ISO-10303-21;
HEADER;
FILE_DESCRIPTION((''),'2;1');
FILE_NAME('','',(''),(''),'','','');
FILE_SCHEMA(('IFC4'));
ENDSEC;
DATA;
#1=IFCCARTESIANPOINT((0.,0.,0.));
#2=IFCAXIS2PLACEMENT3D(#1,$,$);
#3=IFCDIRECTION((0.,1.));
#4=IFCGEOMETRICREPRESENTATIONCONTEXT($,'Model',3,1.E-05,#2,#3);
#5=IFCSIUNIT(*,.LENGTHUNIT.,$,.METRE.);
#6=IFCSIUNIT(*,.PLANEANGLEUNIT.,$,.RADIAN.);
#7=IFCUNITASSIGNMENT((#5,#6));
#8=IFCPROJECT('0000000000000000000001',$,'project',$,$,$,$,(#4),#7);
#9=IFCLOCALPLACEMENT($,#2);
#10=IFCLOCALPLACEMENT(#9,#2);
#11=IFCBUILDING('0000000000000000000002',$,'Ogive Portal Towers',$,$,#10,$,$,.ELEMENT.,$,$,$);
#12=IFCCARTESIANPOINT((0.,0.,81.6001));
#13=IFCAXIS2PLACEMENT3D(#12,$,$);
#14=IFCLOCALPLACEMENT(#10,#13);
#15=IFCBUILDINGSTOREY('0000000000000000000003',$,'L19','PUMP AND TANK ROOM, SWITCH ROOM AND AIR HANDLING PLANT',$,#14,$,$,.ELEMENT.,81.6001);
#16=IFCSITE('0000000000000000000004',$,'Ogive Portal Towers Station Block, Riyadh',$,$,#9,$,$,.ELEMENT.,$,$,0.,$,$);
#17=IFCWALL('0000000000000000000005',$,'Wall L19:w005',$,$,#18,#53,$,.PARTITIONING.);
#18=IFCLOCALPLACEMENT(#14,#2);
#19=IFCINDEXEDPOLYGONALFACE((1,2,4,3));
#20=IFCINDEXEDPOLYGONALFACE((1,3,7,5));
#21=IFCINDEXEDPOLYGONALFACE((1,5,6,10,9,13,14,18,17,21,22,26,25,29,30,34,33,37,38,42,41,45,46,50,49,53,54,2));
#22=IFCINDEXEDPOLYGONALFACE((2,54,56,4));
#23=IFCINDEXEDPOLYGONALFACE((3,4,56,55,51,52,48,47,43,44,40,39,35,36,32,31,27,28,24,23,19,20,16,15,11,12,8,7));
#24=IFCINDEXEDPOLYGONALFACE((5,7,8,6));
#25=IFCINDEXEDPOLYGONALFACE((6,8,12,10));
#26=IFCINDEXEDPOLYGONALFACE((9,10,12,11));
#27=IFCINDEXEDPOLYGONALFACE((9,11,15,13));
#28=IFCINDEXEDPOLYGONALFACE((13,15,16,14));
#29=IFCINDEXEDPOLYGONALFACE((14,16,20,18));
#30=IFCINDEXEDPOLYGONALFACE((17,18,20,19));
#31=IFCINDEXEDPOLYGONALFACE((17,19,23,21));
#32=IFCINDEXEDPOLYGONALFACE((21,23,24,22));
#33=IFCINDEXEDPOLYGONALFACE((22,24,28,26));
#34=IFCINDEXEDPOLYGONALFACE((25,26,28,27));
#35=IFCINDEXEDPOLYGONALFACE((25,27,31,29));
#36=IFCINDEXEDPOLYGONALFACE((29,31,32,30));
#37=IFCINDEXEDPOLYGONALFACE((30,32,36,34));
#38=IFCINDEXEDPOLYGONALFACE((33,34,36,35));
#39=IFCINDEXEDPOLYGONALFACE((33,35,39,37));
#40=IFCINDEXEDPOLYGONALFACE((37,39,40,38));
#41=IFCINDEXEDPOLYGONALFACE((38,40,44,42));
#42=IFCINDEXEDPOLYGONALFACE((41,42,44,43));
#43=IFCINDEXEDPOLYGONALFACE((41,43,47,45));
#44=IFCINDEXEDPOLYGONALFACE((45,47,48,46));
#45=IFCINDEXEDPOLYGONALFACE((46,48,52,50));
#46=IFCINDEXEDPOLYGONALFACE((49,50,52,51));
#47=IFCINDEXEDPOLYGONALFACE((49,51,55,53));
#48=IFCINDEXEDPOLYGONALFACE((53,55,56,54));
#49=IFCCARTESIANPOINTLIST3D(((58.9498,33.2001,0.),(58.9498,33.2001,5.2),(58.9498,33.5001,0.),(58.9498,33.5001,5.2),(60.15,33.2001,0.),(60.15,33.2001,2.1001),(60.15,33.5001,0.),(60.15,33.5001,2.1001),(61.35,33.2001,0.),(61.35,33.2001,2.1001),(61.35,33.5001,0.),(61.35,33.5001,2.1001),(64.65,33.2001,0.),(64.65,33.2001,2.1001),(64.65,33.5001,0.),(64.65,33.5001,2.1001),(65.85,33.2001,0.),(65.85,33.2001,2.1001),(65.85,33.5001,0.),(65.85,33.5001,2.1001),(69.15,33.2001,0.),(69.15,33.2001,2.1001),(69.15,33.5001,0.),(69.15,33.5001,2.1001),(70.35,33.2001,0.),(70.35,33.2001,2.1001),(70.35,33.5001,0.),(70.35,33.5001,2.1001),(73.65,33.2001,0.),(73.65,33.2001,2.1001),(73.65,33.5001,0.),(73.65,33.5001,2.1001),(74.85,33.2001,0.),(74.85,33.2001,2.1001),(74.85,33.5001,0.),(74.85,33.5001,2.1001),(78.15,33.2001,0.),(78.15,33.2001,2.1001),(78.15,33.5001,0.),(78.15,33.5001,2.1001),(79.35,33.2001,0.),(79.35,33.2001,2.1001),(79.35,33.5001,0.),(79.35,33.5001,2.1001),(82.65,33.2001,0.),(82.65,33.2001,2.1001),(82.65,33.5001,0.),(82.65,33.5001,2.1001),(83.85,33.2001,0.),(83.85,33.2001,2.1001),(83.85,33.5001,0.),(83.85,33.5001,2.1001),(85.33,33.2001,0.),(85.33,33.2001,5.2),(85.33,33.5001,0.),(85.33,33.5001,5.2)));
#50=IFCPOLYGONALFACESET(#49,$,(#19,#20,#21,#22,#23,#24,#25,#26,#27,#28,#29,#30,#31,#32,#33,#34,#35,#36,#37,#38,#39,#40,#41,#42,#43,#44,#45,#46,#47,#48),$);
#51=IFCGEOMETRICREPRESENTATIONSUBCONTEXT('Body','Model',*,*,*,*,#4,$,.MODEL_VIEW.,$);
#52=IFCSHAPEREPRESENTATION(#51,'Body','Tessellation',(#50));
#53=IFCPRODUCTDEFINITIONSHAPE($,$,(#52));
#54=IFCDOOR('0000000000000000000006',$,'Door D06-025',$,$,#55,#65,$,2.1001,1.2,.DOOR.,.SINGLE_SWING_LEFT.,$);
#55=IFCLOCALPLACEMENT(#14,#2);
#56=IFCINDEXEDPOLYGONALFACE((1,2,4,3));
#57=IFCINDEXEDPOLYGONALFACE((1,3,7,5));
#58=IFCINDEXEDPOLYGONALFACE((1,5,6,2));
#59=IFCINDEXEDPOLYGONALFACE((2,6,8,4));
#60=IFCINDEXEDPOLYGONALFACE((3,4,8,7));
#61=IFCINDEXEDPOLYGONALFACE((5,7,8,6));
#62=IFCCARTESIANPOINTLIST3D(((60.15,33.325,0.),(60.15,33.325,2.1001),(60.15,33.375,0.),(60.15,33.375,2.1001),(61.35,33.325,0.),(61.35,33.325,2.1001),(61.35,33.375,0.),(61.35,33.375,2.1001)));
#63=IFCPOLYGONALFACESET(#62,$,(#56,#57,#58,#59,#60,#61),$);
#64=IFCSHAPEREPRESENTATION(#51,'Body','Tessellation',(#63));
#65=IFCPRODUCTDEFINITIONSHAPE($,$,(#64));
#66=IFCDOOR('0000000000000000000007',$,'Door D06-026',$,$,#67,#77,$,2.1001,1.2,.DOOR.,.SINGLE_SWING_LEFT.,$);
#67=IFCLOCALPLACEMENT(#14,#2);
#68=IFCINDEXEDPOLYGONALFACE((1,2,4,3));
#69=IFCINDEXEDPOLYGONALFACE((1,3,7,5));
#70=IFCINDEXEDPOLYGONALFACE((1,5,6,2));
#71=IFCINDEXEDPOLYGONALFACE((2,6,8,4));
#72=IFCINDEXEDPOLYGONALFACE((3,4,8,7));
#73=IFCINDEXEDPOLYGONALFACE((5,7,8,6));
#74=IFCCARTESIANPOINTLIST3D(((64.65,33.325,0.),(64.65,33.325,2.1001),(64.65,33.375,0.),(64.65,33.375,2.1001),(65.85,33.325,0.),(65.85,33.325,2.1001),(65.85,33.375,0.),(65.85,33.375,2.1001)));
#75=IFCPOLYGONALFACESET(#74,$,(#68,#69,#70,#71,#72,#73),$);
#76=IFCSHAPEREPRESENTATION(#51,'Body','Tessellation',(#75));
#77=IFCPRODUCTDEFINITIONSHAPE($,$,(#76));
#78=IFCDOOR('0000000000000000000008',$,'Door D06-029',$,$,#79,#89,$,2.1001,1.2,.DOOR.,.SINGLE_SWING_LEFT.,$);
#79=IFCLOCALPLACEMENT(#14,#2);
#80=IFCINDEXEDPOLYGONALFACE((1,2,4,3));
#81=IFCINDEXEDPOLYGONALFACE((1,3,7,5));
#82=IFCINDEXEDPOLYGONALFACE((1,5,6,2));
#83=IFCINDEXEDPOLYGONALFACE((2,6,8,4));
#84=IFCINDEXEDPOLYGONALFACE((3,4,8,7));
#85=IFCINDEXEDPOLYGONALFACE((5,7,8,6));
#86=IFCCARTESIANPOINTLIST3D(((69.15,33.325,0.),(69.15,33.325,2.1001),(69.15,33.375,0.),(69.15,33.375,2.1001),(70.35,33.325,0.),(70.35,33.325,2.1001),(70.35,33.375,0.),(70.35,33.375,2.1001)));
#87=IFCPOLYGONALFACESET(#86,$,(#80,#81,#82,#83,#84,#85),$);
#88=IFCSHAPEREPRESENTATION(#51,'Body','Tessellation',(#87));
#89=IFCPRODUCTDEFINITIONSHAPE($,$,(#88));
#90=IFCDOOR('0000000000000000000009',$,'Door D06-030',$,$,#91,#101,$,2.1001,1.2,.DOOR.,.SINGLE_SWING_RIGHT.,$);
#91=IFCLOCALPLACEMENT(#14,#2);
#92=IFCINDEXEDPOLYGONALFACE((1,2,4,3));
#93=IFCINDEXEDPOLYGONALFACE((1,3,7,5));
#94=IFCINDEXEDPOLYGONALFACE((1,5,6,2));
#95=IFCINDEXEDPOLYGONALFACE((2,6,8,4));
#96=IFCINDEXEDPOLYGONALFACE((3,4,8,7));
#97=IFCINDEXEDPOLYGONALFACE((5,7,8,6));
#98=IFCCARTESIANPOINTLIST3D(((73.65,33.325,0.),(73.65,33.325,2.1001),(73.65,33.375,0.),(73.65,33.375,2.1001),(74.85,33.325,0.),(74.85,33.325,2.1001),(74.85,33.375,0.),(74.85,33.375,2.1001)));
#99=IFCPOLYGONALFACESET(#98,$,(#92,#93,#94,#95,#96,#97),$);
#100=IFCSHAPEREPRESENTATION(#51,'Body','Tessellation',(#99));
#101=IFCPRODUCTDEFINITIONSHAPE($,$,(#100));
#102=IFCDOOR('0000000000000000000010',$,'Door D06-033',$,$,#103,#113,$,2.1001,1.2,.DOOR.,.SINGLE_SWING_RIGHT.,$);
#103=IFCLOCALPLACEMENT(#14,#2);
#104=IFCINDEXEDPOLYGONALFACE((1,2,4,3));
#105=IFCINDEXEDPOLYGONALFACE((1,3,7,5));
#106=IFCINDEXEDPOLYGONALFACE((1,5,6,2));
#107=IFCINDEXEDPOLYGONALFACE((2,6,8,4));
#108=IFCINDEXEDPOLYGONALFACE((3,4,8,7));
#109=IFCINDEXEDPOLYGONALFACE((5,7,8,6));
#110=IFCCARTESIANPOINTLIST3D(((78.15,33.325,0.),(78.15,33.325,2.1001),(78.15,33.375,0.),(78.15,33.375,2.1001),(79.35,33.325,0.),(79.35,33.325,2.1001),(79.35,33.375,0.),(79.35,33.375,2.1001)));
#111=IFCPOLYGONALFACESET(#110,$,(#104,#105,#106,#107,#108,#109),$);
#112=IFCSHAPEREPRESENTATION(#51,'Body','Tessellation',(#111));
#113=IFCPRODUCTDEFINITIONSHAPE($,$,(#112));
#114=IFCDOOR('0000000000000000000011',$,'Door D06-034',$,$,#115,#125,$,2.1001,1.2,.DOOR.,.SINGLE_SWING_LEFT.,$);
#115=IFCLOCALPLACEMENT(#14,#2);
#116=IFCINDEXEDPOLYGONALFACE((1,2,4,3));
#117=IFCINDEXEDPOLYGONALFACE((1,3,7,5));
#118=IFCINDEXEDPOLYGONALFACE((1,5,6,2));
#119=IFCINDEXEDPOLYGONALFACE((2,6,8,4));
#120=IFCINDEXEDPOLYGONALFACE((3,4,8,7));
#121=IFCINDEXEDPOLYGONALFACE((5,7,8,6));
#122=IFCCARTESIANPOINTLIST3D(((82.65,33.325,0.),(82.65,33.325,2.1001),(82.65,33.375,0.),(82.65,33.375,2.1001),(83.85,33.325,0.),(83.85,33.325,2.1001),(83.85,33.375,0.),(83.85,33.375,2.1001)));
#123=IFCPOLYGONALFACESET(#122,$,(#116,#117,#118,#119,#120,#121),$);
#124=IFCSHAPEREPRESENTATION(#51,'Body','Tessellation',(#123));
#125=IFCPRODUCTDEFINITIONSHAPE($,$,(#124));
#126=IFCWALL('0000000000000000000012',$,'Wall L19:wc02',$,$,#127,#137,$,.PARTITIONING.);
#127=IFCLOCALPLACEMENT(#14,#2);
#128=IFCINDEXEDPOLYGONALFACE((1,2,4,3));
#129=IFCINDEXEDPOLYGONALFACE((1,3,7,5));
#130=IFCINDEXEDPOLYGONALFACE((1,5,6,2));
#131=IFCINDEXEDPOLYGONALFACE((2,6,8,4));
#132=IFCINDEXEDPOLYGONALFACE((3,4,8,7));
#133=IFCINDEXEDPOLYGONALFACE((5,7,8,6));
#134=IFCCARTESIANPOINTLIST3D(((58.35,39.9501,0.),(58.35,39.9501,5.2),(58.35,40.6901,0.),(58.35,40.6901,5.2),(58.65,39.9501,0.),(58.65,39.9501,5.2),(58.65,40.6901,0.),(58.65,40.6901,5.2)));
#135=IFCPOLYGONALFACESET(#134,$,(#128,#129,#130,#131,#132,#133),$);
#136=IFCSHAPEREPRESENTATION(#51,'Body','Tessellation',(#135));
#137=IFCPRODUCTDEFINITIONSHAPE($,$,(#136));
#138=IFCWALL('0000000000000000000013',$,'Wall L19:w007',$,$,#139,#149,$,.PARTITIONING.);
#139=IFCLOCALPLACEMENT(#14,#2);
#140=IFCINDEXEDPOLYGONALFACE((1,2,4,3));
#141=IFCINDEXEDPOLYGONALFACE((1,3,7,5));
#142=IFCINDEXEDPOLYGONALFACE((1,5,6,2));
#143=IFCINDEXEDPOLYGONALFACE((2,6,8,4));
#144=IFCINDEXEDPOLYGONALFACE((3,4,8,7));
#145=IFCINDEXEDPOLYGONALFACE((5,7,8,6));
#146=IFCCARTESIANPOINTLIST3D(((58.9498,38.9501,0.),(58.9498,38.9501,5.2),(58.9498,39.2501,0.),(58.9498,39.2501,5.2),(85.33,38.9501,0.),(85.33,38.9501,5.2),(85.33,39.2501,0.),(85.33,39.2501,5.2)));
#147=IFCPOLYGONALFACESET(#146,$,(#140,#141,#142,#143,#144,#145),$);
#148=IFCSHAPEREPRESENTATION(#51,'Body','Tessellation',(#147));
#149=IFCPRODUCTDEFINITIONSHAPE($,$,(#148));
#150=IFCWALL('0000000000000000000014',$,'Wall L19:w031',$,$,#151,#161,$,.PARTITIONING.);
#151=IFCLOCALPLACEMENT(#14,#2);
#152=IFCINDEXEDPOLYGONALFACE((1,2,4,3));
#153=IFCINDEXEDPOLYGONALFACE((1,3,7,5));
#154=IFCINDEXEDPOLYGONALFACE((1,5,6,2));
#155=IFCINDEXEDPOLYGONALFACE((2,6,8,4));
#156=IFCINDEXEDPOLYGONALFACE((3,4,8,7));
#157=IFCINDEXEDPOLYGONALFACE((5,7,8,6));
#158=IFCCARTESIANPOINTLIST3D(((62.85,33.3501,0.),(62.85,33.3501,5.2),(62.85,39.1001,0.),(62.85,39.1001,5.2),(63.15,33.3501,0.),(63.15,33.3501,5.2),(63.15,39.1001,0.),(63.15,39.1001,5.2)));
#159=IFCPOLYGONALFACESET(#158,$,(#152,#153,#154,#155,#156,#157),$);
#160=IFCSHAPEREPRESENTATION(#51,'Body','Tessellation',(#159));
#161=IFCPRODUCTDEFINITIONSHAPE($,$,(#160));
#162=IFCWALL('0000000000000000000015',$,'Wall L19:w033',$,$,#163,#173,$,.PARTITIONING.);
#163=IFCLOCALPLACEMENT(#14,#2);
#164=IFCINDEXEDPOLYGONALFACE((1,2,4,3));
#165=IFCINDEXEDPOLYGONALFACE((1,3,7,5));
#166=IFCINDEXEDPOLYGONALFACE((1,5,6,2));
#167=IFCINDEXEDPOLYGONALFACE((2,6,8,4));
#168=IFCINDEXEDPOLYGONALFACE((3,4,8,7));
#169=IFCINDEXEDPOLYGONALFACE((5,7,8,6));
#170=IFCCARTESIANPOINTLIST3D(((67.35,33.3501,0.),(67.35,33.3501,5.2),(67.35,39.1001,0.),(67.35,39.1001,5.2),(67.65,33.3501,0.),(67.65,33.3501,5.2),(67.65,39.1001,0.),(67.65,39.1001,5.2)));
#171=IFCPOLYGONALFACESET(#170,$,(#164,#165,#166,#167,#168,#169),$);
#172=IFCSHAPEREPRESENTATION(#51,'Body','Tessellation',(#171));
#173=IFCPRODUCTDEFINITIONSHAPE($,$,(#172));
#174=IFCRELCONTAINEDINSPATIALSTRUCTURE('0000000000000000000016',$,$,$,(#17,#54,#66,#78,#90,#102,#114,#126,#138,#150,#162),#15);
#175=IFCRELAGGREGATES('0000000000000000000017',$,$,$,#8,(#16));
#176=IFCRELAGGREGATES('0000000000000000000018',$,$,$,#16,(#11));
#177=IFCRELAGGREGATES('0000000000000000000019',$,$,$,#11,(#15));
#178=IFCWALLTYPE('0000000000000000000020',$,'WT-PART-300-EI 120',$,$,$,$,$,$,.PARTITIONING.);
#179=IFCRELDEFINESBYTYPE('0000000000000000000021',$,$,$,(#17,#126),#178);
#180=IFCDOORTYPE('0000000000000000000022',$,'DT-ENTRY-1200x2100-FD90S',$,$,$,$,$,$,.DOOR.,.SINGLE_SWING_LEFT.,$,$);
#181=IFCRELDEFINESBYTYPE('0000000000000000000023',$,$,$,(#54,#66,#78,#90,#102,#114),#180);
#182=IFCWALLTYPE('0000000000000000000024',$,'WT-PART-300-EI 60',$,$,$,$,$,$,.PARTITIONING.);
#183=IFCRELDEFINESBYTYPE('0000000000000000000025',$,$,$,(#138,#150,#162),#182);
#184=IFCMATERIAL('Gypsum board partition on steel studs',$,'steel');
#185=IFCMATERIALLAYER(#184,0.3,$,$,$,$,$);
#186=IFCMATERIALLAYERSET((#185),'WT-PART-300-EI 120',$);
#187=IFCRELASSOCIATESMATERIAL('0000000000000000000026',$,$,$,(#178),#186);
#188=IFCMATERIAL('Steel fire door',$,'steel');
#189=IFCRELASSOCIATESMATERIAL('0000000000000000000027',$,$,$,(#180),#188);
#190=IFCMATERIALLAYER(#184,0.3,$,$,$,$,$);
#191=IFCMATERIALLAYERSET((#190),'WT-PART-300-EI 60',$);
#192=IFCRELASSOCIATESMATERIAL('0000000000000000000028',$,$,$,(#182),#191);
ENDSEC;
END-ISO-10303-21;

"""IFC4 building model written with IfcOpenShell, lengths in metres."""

from ifc_helpers import new_model, si_unit, direction, frame, frame_2d, origin, place, context, subcontext, project, spatial, rectangle, extrude, material, layer, layer_set, type_object, element, fill, save


model = new_model("IFC4")

# Units and contexts
model_context = context("Model", 3, precision=1e-05, world=origin(), true_north=direction((0.0, 1.0)))
body_context = subcontext(model_context, "Body", "Model", "MODEL_VIEW")
ifc_project = project(units=[si_unit("LENGTHUNIT", "METRE"), si_unit("PLANEANGLEUNIT", "RADIAN")], contexts=[model_context])

# Site, building, storey
site_placement = place(None, origin())
site = spatial("IfcSite", under=ifc_project, at=site_placement, Name="Ogive Portal Towers Station Block, Riyadh", CompositionType="ELEMENT", RefElevation=0.0)
building_placement = place(site_placement, origin())
building = spatial("IfcBuilding", under=site, at=building_placement, Name="Ogive Portal Towers", CompositionType="ELEMENT")
storey_placement = place(building_placement, frame((0.0, 0.0, 81.6001)))
storey = spatial("IfcBuildingStorey", under=building, at=storey_placement, Name="L19", Description="PUMP AND TANK ROOM, SWITCH ROOM AND AIR HANDLING PLANT", CompositionType="ELEMENT", Elevation=81.6001)

# Wall, openings, doors
ifc_material_1 = material(Name="Gypsum board partition on steel studs", Category="steel")
ifc_layer_1 = layer(ifc_material_1, 0.3)
ifc_layer_set_1 = layer_set([ifc_layer_1], Name="WT-PART-300-EI 120")
wall_type_1 = type_object("IfcWallType", Name="WT-PART-300-EI 120", PredefinedType="PARTITIONING", material=ifc_layer_set_1)
ifc_material_2 = material(Name="Steel fire door", Category="steel")
door_type = type_object("IfcDoorType", Name="DT-ENTRY-1200x2100-FD90S", OperationType="SINGLE_SWING_LEFT", PredefinedType="DOOR", material=ifc_material_2)
wall_1_placement = place(storey_placement, frame((58.95, 33.3501, 0.0), z_axis=(0.0, 0.0, 1.0), x_axis=(1.0, 0.0, 0.0)))
wall_1 = element("IfcWall", 1, at=wall_1_placement, inside=storey, type_object=wall_type_1, Name="Wall L19:w005", PredefinedType="PARTITIONING", context=body_context, shape_type="SweptSolid", body=[
    extrude(rectangle(XDim=26.3801, YDim=0.3, at=frame_2d((13.1899, 0.0))), origin(), (0.0, 0.0, 1.0), 5.2),
])
opening_1_placement = place(wall_1_placement, frame((1.2, 0.0, 0.0)))
opening_1 = element("IfcOpeningElement", 2, at=opening_1_placement, cuts=wall_1, PredefinedType="OPENING", context=body_context, shape_type="SweptSolid", body=[
    extrude(rectangle(XDim=1.2, YDim=2.1001, at=frame_2d((0.6001, 1.05))), frame((0.0, 0.1602, 0.0), z_axis=(0.0, -1.0, 0.0), x_axis=(1.0, 0.0, 0.0)), (0.0, 0.0, 1.0), 0.3201),
])
opening_2_placement = place(wall_1_placement, frame((5.7, 0.0, 0.0)))
opening_2 = element("IfcOpeningElement", 3, at=opening_2_placement, cuts=wall_1, PredefinedType="OPENING", context=body_context, shape_type="SweptSolid", body=[
    extrude(rectangle(XDim=1.2, YDim=2.1001, at=frame_2d((0.6001, 1.05))), frame((0.0, 0.1602, 0.0), z_axis=(0.0, -1.0, 0.0), x_axis=(1.0, 0.0, 0.0)), (0.0, 0.0, 1.0), 0.3201),
])
opening_3_placement = place(wall_1_placement, frame((10.2, 0.0, 0.0)))
opening_3 = element("IfcOpeningElement", 4, at=opening_3_placement, cuts=wall_1, PredefinedType="OPENING", context=body_context, shape_type="SweptSolid", body=[
    extrude(rectangle(XDim=1.2, YDim=2.1001, at=frame_2d((0.6001, 1.05))), frame((0.0, 0.1602, 0.0), z_axis=(0.0, -1.0, 0.0), x_axis=(1.0, 0.0, 0.0)), (0.0, 0.0, 1.0), 0.3201),
])
opening_4_placement = place(wall_1_placement, frame((14.7, 0.0, 0.0)))
opening_4 = element("IfcOpeningElement", 5, at=opening_4_placement, cuts=wall_1, PredefinedType="OPENING", context=body_context, shape_type="SweptSolid", body=[
    extrude(rectangle(XDim=1.2, YDim=2.1001, at=frame_2d((0.6001, 1.05))), frame((0.0, 0.1602, 0.0), z_axis=(0.0, -1.0, 0.0), x_axis=(1.0, 0.0, 0.0)), (0.0, 0.0, 1.0), 0.3201),
])
opening_5_placement = place(wall_1_placement, frame((19.2, 0.0, 0.0)))
opening_5 = element("IfcOpeningElement", 6, at=opening_5_placement, cuts=wall_1, PredefinedType="OPENING", context=body_context, shape_type="SweptSolid", body=[
    extrude(rectangle(XDim=1.2, YDim=2.1001, at=frame_2d((0.6001, 1.05))), frame((0.0, 0.1602, 0.0), z_axis=(0.0, -1.0, 0.0), x_axis=(1.0, 0.0, 0.0)), (0.0, 0.0, 1.0), 0.3201),
])
opening_6_placement = place(wall_1_placement, frame((23.7, 0.0, 0.0)))
opening_6 = element("IfcOpeningElement", 7, at=opening_6_placement, cuts=wall_1, PredefinedType="OPENING", context=body_context, shape_type="SweptSolid", body=[
    extrude(rectangle(XDim=1.2, YDim=2.1001, at=frame_2d((0.6001, 1.05))), frame((0.0, 0.1602, 0.0), z_axis=(0.0, -1.0, 0.0), x_axis=(1.0, 0.0, 0.0)), (0.0, 0.0, 1.0), 0.3201),
])
door_1_placement = place(opening_1_placement, origin())
door_1 = element("IfcDoor", 8, at=door_1_placement, inside=storey, type_object=door_type, Name="Door D06-025", OperationType="SINGLE_SWING_LEFT", OverallHeight=2.1001, OverallWidth=1.2, PredefinedType="DOOR", context=body_context, shape_type="SweptSolid", body=[
    extrude(rectangle(XDim=1.2, YDim=2.1001, at=frame_2d((0.6001, 1.05))), frame((0.0, 0.0249, 0.0), z_axis=(0.0, -1.0, 0.0), x_axis=(1.0, 0.0, 0.0)), (0.0, 0.0, 1.0), 0.05),
])
fill(opening_1, door_1)
door_2_placement = place(opening_2_placement, origin())
door_2 = element("IfcDoor", 9, at=door_2_placement, inside=storey, type_object=door_type, Name="Door D06-026", OperationType="SINGLE_SWING_LEFT", OverallHeight=2.1001, OverallWidth=1.2, PredefinedType="DOOR", context=body_context, shape_type="SweptSolid", body=[
    extrude(rectangle(XDim=1.2, YDim=2.1001, at=frame_2d((0.6001, 1.05))), frame((0.0, 0.0249, 0.0), z_axis=(0.0, -1.0, 0.0), x_axis=(1.0, 0.0, 0.0)), (0.0, 0.0, 1.0), 0.05),
])
fill(opening_2, door_2)
door_3_placement = place(opening_3_placement, origin())
door_3 = element("IfcDoor", 10, at=door_3_placement, inside=storey, type_object=door_type, Name="Door D06-029", OperationType="SINGLE_SWING_LEFT", OverallHeight=2.1001, OverallWidth=1.2, PredefinedType="DOOR", context=body_context, shape_type="SweptSolid", body=[
    extrude(rectangle(XDim=1.2, YDim=2.1001, at=frame_2d((0.6001, 1.05))), frame((0.0, 0.0249, 0.0), z_axis=(0.0, -1.0, 0.0), x_axis=(1.0, 0.0, 0.0)), (0.0, 0.0, 1.0), 0.05),
])
fill(opening_3, door_3)
door_4_placement = place(opening_4_placement, origin())
door_4 = element("IfcDoor", 11, at=door_4_placement, inside=storey, type_object=door_type, Name="Door D06-030", OperationType="SINGLE_SWING_RIGHT", OverallHeight=2.1001, OverallWidth=1.2, PredefinedType="DOOR", context=body_context, shape_type="SweptSolid", body=[
    extrude(rectangle(XDim=1.2, YDim=2.1001, at=frame_2d((0.6001, 1.05))), frame((0.0, 0.0249, 0.0), z_axis=(0.0, -1.0, 0.0), x_axis=(1.0, 0.0, 0.0)), (0.0, 0.0, 1.0), 0.05),
])
fill(opening_4, door_4)
door_5_placement = place(opening_5_placement, origin())
door_5 = element("IfcDoor", 12, at=door_5_placement, inside=storey, type_object=door_type, Name="Door D06-033", OperationType="SINGLE_SWING_RIGHT", OverallHeight=2.1001, OverallWidth=1.2, PredefinedType="DOOR", context=body_context, shape_type="SweptSolid", body=[
    extrude(rectangle(XDim=1.2, YDim=2.1001, at=frame_2d((0.6001, 1.05))), frame((0.0, 0.0249, 0.0), z_axis=(0.0, -1.0, 0.0), x_axis=(1.0, 0.0, 0.0)), (0.0, 0.0, 1.0), 0.05),
])
fill(opening_5, door_5)
door_6_placement = place(opening_6_placement, origin())
door_6 = element("IfcDoor", 13, at=door_6_placement, inside=storey, type_object=door_type, Name="Door D06-034", OperationType="SINGLE_SWING_LEFT", OverallHeight=2.1001, OverallWidth=1.2, PredefinedType="DOOR", context=body_context, shape_type="SweptSolid", body=[
    extrude(rectangle(XDim=1.2, YDim=2.1001, at=frame_2d((0.6001, 1.05))), frame((0.0, 0.0249, 0.0), z_axis=(0.0, -1.0, 0.0), x_axis=(1.0, 0.0, 0.0)), (0.0, 0.0, 1.0), 0.05),
])
fill(opening_6, door_6)

# Walls
wall_2_placement = place(storey_placement, frame((58.5, 39.95, 0.0), z_axis=(0.0, 0.0, 1.0), x_axis=(0.0, 1.0, 0.0)))
element("IfcWall", 14, at=wall_2_placement, inside=storey, type_object=wall_type_1, Name="Wall L19:wc02", PredefinedType="PARTITIONING", context=body_context, shape_type="SweptSolid", body=[
    extrude(rectangle(XDim=0.74, YDim=0.3, at=frame_2d((0.3701, 0.0))), origin(), (0.0, 0.0, 1.0), 5.2),
])
ifc_layer_2 = layer(ifc_material_1, 0.3)
ifc_layer_set_2 = layer_set([ifc_layer_2], Name="WT-PART-300-EI 60")
wall_type_2 = type_object("IfcWallType", Name="WT-PART-300-EI 60", PredefinedType="PARTITIONING", material=ifc_layer_set_2)
wall_3_placement = place(storey_placement, frame((58.95, 39.1001, 0.0), z_axis=(0.0, 0.0, 1.0), x_axis=(1.0, 0.0, 0.0)))
element("IfcWall", 15, at=wall_3_placement, inside=storey, type_object=wall_type_2, Name="Wall L19:w007", PredefinedType="PARTITIONING", context=body_context, shape_type="SweptSolid", body=[
    extrude(rectangle(XDim=26.3801, YDim=0.3, at=frame_2d((13.1899, 0.0))), origin(), (0.0, 0.0, 1.0), 5.2),
])
for number, where, z_axis, x_axis, name in (
    (16, (63.0, 33.3501, 0.0), (0.0, 0.0, 1.0), (0.0, 1.0, 0.0), "Wall L19:w031"),
    (17, (67.5, 33.3501, 0.0), (0.0, 0.0, 1.0), (0.0, 1.0, 0.0), "Wall L19:w033"),
):
    element("IfcWall", number, at=place(storey_placement, frame(where, z_axis=z_axis, x_axis=x_axis)), inside=storey, type_object=wall_type_2, Name=name, PredefinedType="PARTITIONING", context=body_context, shape_type="SweptSolid", body=[
        extrude(rectangle(XDim=5.75, YDim=0.3, at=frame_2d((2.875, 0.0))), origin(), (0.0, 0.0, 1.0), 5.2),
    ])

save(model, "model.ifc")
